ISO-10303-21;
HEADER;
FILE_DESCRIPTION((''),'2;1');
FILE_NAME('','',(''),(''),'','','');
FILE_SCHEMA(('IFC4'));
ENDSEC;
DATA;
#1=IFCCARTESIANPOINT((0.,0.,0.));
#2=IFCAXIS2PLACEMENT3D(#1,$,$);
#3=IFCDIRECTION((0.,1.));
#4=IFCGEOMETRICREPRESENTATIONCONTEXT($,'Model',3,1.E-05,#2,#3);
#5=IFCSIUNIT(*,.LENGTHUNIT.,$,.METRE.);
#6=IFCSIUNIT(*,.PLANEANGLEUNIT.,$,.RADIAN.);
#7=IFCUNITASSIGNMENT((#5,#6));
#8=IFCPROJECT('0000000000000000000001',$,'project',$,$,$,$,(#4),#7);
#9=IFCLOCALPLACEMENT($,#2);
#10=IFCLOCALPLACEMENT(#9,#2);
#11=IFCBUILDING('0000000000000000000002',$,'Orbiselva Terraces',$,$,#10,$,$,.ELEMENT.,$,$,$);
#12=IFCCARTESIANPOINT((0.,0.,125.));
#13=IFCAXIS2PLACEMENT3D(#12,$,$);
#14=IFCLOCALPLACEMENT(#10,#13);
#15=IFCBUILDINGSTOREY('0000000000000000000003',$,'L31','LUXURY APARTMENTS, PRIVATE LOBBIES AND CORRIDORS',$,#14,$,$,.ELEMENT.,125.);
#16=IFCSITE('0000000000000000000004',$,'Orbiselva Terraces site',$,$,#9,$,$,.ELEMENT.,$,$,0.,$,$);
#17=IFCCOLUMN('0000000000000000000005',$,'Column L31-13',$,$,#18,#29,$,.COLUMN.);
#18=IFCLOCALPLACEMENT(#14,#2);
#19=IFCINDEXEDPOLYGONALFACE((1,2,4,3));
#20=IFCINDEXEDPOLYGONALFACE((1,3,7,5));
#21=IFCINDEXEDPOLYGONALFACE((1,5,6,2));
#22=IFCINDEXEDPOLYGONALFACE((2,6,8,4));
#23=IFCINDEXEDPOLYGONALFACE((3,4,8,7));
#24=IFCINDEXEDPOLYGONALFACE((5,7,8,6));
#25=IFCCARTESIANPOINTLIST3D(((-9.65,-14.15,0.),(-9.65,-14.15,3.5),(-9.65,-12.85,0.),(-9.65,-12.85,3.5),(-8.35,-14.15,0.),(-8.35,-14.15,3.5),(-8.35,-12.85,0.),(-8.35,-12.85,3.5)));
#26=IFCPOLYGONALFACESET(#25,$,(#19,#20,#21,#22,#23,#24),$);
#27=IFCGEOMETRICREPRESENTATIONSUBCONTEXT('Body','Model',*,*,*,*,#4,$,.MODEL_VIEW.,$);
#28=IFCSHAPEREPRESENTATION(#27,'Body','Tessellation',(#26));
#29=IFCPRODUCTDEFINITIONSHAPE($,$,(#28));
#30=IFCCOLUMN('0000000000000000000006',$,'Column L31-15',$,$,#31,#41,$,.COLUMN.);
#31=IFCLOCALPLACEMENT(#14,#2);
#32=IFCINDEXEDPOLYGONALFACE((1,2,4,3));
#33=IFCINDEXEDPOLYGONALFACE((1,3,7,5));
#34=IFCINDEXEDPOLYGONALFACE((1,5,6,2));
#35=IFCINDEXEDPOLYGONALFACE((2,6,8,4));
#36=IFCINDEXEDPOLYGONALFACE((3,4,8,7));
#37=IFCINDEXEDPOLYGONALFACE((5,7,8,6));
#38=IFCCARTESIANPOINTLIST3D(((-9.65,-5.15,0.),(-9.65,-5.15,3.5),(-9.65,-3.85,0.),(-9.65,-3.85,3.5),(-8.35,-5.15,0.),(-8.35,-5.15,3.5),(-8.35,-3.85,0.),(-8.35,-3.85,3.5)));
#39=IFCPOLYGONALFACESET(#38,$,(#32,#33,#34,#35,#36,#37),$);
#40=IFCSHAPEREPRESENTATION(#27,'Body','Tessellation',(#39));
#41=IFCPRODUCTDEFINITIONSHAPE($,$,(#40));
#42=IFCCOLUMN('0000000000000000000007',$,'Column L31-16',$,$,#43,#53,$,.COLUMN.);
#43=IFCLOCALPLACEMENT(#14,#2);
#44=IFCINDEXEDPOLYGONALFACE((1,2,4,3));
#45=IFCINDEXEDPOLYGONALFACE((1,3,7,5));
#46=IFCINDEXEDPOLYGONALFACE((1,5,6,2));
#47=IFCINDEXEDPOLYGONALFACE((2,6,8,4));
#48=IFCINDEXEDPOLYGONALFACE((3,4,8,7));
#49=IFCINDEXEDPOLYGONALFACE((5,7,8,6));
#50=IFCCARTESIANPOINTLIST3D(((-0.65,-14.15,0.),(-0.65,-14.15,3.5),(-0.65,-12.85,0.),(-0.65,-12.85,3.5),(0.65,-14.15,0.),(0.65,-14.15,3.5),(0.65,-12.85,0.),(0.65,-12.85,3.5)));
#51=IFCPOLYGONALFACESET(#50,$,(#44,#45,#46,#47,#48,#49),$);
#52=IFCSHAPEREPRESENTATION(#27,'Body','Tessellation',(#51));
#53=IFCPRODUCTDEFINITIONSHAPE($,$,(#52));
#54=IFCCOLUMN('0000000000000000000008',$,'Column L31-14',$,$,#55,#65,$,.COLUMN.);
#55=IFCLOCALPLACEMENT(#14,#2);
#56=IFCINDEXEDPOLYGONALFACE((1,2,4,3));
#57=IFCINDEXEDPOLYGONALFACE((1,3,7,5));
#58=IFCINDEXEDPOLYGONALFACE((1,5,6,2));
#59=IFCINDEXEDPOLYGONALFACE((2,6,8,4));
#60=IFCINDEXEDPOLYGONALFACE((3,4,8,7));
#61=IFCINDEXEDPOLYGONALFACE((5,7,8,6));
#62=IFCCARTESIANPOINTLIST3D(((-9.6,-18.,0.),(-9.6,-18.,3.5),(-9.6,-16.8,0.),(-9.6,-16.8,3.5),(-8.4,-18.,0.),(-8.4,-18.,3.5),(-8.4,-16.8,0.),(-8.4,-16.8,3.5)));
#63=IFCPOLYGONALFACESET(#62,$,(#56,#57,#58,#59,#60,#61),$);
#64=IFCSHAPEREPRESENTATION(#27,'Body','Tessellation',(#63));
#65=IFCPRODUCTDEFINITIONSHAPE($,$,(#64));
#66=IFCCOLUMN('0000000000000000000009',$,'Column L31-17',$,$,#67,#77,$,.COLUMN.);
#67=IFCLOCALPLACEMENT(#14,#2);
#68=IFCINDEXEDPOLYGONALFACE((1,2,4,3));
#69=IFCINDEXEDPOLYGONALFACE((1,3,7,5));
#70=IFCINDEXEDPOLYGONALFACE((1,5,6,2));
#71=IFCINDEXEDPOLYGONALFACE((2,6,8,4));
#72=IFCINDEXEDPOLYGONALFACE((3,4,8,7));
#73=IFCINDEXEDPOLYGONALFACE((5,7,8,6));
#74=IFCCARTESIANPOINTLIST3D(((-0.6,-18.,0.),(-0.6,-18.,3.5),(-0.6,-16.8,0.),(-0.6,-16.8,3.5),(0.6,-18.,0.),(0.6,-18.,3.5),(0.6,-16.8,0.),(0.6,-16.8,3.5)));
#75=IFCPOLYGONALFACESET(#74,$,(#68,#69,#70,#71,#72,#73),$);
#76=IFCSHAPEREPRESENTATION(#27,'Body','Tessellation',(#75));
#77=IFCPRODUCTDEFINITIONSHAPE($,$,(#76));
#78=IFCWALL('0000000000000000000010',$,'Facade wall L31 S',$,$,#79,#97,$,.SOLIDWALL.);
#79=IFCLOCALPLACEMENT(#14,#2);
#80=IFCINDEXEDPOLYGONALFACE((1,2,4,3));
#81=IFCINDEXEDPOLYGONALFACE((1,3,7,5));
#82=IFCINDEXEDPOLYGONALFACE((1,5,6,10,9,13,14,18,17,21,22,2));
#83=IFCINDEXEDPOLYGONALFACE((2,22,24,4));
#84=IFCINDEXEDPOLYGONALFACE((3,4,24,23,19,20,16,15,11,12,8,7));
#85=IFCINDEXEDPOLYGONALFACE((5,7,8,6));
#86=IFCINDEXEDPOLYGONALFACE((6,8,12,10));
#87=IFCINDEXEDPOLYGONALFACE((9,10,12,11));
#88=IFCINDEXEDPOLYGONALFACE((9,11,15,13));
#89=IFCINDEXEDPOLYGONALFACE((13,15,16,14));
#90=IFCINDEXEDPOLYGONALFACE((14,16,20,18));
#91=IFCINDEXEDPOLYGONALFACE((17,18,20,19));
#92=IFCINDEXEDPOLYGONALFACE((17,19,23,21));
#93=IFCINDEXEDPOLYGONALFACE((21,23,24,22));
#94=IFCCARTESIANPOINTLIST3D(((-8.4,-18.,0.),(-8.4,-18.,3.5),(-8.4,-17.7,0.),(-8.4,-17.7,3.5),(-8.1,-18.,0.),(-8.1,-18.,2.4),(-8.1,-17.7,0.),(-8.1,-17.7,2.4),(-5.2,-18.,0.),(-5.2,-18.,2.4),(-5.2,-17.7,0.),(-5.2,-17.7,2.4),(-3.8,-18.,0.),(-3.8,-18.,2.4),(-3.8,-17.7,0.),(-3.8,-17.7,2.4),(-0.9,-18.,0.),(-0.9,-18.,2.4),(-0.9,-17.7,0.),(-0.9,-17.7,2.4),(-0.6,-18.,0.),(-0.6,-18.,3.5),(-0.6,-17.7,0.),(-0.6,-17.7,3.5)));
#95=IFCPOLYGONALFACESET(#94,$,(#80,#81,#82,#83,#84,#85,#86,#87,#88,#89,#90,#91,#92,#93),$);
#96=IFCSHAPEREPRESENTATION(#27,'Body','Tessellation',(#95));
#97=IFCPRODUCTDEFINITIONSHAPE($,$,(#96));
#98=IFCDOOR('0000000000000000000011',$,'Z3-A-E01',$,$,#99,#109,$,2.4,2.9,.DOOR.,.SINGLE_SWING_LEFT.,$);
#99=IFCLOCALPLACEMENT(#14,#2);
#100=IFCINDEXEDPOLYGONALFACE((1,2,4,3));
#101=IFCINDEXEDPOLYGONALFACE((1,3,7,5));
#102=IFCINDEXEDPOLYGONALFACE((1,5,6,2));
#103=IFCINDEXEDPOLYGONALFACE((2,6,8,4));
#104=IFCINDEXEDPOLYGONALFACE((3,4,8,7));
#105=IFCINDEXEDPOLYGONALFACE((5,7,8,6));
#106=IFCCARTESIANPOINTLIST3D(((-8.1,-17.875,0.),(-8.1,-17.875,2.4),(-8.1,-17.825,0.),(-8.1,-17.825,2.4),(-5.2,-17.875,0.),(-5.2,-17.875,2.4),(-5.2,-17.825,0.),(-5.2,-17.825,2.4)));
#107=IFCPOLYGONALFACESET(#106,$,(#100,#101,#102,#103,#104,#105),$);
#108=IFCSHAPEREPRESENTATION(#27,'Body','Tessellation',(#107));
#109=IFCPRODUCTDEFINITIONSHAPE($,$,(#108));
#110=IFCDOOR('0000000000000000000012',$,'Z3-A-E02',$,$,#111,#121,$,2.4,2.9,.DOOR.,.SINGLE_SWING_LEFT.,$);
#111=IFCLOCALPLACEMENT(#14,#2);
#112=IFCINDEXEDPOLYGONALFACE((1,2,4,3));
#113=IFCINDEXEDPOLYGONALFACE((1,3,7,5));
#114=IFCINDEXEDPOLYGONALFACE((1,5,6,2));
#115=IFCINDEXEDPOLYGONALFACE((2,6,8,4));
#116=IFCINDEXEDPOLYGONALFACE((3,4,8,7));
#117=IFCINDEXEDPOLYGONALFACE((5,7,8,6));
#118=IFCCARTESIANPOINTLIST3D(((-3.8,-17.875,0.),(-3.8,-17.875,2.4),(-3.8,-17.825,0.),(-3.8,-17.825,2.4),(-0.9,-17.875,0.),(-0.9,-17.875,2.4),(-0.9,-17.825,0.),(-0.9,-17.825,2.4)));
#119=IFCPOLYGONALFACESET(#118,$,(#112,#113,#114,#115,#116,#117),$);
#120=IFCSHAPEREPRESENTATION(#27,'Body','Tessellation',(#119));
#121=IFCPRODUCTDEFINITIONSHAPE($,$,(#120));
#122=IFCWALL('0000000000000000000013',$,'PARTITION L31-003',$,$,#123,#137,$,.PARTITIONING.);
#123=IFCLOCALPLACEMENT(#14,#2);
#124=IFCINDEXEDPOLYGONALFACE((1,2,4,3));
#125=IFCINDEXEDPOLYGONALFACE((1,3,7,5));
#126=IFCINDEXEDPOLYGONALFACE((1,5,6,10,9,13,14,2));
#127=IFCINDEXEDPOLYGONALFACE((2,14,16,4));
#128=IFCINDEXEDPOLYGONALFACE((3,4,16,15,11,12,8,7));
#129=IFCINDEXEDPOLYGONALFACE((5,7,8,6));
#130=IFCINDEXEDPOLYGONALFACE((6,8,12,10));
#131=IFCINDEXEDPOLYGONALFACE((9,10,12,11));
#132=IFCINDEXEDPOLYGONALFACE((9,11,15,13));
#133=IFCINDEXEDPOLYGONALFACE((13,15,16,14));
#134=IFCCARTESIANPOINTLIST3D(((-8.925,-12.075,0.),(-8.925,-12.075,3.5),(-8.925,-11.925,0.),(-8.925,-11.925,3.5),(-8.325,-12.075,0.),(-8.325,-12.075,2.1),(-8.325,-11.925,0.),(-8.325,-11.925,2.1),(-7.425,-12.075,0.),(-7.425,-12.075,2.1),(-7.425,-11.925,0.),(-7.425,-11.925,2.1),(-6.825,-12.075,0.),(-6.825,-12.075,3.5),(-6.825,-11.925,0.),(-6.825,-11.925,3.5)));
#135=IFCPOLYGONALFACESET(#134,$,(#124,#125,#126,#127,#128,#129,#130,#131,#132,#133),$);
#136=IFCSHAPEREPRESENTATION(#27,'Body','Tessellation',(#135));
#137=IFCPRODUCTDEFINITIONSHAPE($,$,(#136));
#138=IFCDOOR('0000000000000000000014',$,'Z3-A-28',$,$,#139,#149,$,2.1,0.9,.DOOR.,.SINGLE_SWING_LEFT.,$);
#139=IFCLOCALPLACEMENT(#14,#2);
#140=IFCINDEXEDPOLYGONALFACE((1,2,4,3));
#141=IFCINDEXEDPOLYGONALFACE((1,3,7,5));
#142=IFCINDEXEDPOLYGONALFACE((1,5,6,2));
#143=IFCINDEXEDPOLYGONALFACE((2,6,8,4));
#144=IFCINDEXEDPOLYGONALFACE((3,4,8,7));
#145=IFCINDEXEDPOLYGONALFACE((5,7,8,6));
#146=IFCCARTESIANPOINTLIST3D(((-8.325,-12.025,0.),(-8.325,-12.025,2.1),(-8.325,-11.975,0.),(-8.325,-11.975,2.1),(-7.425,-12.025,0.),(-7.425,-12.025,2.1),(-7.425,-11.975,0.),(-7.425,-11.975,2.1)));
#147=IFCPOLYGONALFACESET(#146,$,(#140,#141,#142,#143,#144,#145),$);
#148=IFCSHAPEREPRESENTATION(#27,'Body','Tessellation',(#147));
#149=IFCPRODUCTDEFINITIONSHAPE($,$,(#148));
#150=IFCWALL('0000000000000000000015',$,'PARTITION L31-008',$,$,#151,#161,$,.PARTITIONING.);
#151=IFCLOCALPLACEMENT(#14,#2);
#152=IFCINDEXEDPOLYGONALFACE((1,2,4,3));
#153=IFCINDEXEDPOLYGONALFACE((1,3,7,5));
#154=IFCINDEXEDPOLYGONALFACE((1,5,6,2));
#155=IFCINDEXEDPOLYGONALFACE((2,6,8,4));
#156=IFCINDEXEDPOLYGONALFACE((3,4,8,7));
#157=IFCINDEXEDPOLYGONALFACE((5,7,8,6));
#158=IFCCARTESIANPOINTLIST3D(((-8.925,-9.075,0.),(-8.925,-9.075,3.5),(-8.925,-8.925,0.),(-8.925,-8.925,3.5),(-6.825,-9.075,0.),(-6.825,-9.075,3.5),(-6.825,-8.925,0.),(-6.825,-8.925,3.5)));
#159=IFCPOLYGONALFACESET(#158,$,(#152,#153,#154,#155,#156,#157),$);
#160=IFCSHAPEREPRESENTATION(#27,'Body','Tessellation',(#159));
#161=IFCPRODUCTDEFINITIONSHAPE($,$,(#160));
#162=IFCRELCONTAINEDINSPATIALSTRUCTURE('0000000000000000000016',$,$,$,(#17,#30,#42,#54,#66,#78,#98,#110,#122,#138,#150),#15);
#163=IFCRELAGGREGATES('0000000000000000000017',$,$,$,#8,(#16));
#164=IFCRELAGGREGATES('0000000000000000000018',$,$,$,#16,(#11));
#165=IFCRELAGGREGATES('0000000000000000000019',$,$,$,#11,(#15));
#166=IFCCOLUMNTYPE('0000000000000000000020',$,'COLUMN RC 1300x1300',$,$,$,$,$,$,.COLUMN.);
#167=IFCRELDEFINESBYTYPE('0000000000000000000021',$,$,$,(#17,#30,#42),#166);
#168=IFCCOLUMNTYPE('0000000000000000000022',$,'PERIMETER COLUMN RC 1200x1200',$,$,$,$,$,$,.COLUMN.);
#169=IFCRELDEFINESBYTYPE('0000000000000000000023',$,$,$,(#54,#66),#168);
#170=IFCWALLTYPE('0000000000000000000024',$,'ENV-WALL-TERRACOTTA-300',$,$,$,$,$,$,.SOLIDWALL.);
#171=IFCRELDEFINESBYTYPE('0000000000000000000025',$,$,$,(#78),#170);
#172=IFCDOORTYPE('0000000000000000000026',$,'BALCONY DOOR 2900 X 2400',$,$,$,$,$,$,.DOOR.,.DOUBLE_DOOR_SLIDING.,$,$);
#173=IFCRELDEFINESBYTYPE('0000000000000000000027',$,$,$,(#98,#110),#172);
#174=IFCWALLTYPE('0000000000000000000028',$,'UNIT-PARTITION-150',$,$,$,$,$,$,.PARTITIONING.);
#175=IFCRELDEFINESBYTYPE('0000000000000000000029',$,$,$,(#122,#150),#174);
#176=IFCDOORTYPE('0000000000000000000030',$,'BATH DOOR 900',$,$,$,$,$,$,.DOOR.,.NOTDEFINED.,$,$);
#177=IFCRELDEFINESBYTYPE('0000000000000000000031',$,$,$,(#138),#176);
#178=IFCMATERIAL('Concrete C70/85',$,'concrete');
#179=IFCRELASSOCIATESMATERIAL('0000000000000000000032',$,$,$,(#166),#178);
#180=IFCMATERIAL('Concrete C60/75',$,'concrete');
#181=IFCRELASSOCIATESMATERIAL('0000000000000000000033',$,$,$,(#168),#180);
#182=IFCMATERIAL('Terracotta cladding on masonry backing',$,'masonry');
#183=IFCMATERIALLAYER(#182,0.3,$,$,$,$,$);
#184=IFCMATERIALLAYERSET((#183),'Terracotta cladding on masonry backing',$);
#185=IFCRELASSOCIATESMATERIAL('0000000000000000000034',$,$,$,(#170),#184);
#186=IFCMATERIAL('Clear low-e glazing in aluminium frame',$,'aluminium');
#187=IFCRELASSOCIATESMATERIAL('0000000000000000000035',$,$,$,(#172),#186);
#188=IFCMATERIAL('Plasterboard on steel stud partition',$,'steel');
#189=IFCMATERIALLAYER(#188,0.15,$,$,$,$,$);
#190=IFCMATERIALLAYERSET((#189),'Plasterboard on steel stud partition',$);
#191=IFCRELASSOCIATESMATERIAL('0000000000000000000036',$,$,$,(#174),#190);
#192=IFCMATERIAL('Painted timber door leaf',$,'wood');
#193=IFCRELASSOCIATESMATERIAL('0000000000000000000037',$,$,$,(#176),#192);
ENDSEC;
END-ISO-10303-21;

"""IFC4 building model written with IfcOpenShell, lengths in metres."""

from ifc_helpers import new_model, si_unit, direction, frame, frame_2d, origin, origin_2d, place, context, subcontext, project, spatial, rectangle, extrude, material, layer, layer_set, material_profile, profile_set, type_object, element, fill, save


model = new_model("IFC4")

# Units and contexts
model_context = context("Model", 3, precision=1e-05, world=origin(), true_north=direction((0.0, 1.0)))
body_context = subcontext(model_context, "Body", "Model", "MODEL_VIEW")
ifc_project = project(units=[si_unit("LENGTHUNIT", "METRE"), si_unit("PLANEANGLEUNIT", "RADIAN")], contexts=[model_context])

# Site, building, storey
site_placement = place(None, origin())
site = spatial("IfcSite", under=ifc_project, at=site_placement, Name="Orbiselva Terraces site", CompositionType="ELEMENT", RefElevation=0.0)
building_placement = place(site_placement, origin())
building = spatial("IfcBuilding", under=site, at=building_placement, Name="Orbiselva Terraces", CompositionType="ELEMENT")
storey_placement = place(building_placement, frame((0.0, 0.0, 125.0)))
storey = spatial("IfcBuildingStorey", under=building, at=storey_placement, Name="L31", Description="LUXURY APARTMENTS, PRIVATE LOBBIES AND CORRIDORS", CompositionType="ELEMENT", Elevation=125.0)

# Columns
ifc_material_1 = material(Name="Concrete C70/85", Category="concrete")
ifc_material_profile_1 = material_profile(ifc_material_1, rectangle(XDim=1.3, YDim=1.3, at=origin_2d()), Name="RC 1300x1300")
ifc_profile_set_1 = profile_set([ifc_material_profile_1], Name="Concrete C70/85")
column_type_1 = type_object("IfcColumnType", Name="COLUMN RC 1300x1300", PredefinedType="COLUMN", material=ifc_profile_set_1)
for number, where, z_axis, x_axis, name in (
    (1, (-9.0, -13.5, 0.0), (0.0, 0.0, 1.0), (1.0, 0.0, 0.0), "Column L31-13"),
    (2, (-9.0, -4.5, 0.0), (0.0, 0.0, 1.0), (1.0, 0.0, 0.0), "Column L31-15"),
    (3, (0.0, -13.5, 0.0), (0.0, 0.0, 1.0), (1.0, 0.0, 0.0), "Column L31-16"),
):
    element("IfcColumn", number, at=place(storey_placement, frame(where, z_axis=z_axis, x_axis=x_axis)), inside=storey, type_object=column_type_1, Name=name, PredefinedType="COLUMN", context=body_context, shape_type="SweptSolid", body=[
        extrude(rectangle(XDim=1.3, YDim=1.3, at=origin_2d()), origin(), (0.0, 0.0, 1.0), 3.5),
    ])
ifc_material_2 = material(Name="Concrete C60/75", Category="concrete")
ifc_material_profile_2 = material_profile(ifc_material_2, rectangle(XDim=1.2, YDim=1.2, at=origin_2d()), Name="RC 1200x1200")
ifc_profile_set_2 = profile_set([ifc_material_profile_2], Name="Concrete C60/75")
column_type_2 = type_object("IfcColumnType", Name="PERIMETER COLUMN RC 1200x1200", PredefinedType="COLUMN", material=ifc_profile_set_2)
for number, where, z_axis, x_axis, name in (
    (4, (-9.0, -17.4, 0.0), (0.0, 0.0, 1.0), (1.0, 0.0, 0.0), "Column L31-14"),
    (5, (0.0, -17.4, 0.0), (0.0, 0.0, 1.0), (1.0, 0.0, 0.0), "Column L31-17"),
):
    element("IfcColumn", number, at=place(storey_placement, frame(where, z_axis=z_axis, x_axis=x_axis)), inside=storey, type_object=column_type_2, Name=name, PredefinedType="COLUMN", context=body_context, shape_type="SweptSolid", body=[
        extrude(rectangle(XDim=1.2, YDim=1.2, at=origin_2d()), origin(), (0.0, 0.0, 1.0), 3.5),
    ])

# Wall, openings, doors
ifc_material_3 = material(Name="Terracotta cladding on masonry backing", Category="masonry")
ifc_layer_1 = layer(ifc_material_3, 0.3)
ifc_layer_set_1 = layer_set([ifc_layer_1], Name="Terracotta cladding on masonry backing")
wall_type_1 = type_object("IfcWallType", Name="ENV-WALL-TERRACOTTA-300", PredefinedType="SOLIDWALL", material=ifc_layer_set_1)
wall_1_placement = place(storey_placement, frame((-0.6, -17.85, 0.0), z_axis=(0.0, 0.0, 1.0), x_axis=(-1.0, 0.0, 0.0)))
wall_1 = element("IfcWall", 6, at=wall_1_placement, inside=storey, type_object=wall_type_1, Name="Facade wall L31 S", PredefinedType="SOLIDWALL", context=body_context, shape_type="SweptSolid", body=[
    extrude(rectangle(XDim=7.8, YDim=0.3, at=frame_2d((3.9, 0.0))), origin(), (0.0, 0.0, 1.0), 3.5),
])
opening_1_placement = place(wall_1_placement, frame((4.6, 0.0, 0.0)))
opening_1 = element("IfcOpeningElement", 7, at=opening_1_placement, cuts=wall_1, PredefinedType="OPENING", context=body_context, shape_type="SweptSolid", body=[
    extrude(rectangle(XDim=2.9, YDim=2.4, at=frame_2d((1.45, 1.2))), frame((0.0, 0.16, 0.0), z_axis=(0.0, -1.0, 0.0), x_axis=(1.0, 0.0, 0.0)), (0.0, 0.0, 1.0), 0.32),
])
opening_2_placement = place(wall_1_placement, frame((0.3, 0.0, 0.0)))
opening_2 = element("IfcOpeningElement", 8, at=opening_2_placement, cuts=wall_1, PredefinedType="OPENING", context=body_context, shape_type="SweptSolid", body=[
    extrude(rectangle(XDim=2.9, YDim=2.4, at=frame_2d((1.45, 1.2))), frame((0.0, 0.16, 0.0), z_axis=(0.0, -1.0, 0.0), x_axis=(1.0, 0.0, 0.0)), (0.0, 0.0, 1.0), 0.32),
])
ifc_material_4 = material(Name="Clear low-e glazing in aluminium frame", Category="aluminium")
door_type_1 = type_object("IfcDoorType", Name="BALCONY DOOR 2900 X 2400", OperationType="DOUBLE_DOOR_SLIDING", PredefinedType="DOOR", material=ifc_material_4)
door_1_placement = place(opening_1_placement, origin())
door_1 = element("IfcDoor", 9, at=door_1_placement, inside=storey, type_object=door_type_1, Name="Z3-A-E01", OperationType="SINGLE_SWING_LEFT", OverallHeight=2.4, OverallWidth=2.9, PredefinedType="DOOR", context=body_context, shape_type="SweptSolid", body=[
    extrude(rectangle(XDim=2.9, YDim=2.4, at=frame_2d((1.45, 1.2))), frame((0.0, 0.025, 0.0), z_axis=(0.0, -1.0, 0.0), x_axis=(1.0, 0.0, 0.0)), (0.0, 0.0, 1.0), 0.05),
])
fill(opening_1, door_1)
door_2_placement = place(opening_2_placement, origin())
door_2 = element("IfcDoor", 10, at=door_2_placement, inside=storey, type_object=door_type_1, Name="Z3-A-E02", OperationType="SINGLE_SWING_LEFT", OverallHeight=2.4, OverallWidth=2.9, PredefinedType="DOOR", context=body_context, shape_type="SweptSolid", body=[
    extrude(rectangle(XDim=2.9, YDim=2.4, at=frame_2d((1.45, 1.2))), frame((0.0, 0.025, 0.0), z_axis=(0.0, -1.0, 0.0), x_axis=(1.0, 0.0, 0.0)), (0.0, 0.0, 1.0), 0.05),
])
fill(opening_2, door_2)

# Wall, opening, door
ifc_material_5 = material(Name="Plasterboard on steel stud partition", Category="steel")
ifc_layer_2 = layer(ifc_material_5, 0.15)
ifc_layer_set_2 = layer_set([ifc_layer_2], Name="Plasterboard on steel stud partition")
wall_type_2 = type_object("IfcWallType", Name="UNIT-PARTITION-150", PredefinedType="PARTITIONING", material=ifc_layer_set_2)
wall_2_placement = place(storey_placement, frame((-8.925, -12.0, 0.0), z_axis=(0.0, 0.0, 1.0), x_axis=(1.0, 0.0, 0.0)))
wall_2 = element("IfcWall", 11, at=wall_2_placement, inside=storey, type_object=wall_type_2, Name="PARTITION L31-003", PredefinedType="PARTITIONING", context=body_context, shape_type="SweptSolid", body=[
    extrude(rectangle(XDim=2.1, YDim=0.15, at=frame_2d((1.05, 0.0))), origin(), (0.0, 0.0, 1.0), 3.5),
])
opening_3_placement = place(wall_2_placement, frame((0.6, 0.0, 0.0)))
opening_3 = element("IfcOpeningElement", 12, at=opening_3_placement, cuts=wall_2, PredefinedType="OPENING", context=body_context, shape_type="SweptSolid", body=[
    extrude(rectangle(XDim=0.9, YDim=2.1, at=frame_2d((0.45, 1.05))), frame((0.0, 0.085, 0.0), z_axis=(0.0, -1.0, 0.0), x_axis=(1.0, 0.0, 0.0)), (0.0, 0.0, 1.0), 0.17),
])
ifc_material_6 = material(Name="Painted timber door leaf", Category="wood")
door_type_2 = type_object("IfcDoorType", Name="BATH DOOR 900", OperationType="NOTDEFINED", PredefinedType="DOOR", material=ifc_material_6)
door_3_placement = place(opening_3_placement, origin())
door_3 = element("IfcDoor", 13, at=door_3_placement, inside=storey, type_object=door_type_2, Name="Z3-A-28", OperationType="SINGLE_SWING_LEFT", OverallHeight=2.1, OverallWidth=0.9, PredefinedType="DOOR", context=body_context, shape_type="SweptSolid", body=[
    extrude(rectangle(XDim=0.9, YDim=2.1, at=frame_2d((0.45, 1.05))), frame((0.0, 0.025, 0.0), z_axis=(0.0, -1.0, 0.0), x_axis=(1.0, 0.0, 0.0)), (0.0, 0.0, 1.0), 0.05),
])
fill(opening_3, door_3)

# Wall
wall_3_placement = place(storey_placement, frame((-8.925, -9.0, 0.0), z_axis=(0.0, 0.0, 1.0), x_axis=(1.0, 0.0, 0.0)))
element("IfcWall", 14, at=wall_3_placement, inside=storey, type_object=wall_type_2, Name="PARTITION L31-008", PredefinedType="PARTITIONING", context=body_context, shape_type="SweptSolid", body=[
    extrude(rectangle(XDim=2.1, YDim=0.15, at=frame_2d((1.05, 0.0))), origin(), (0.0, 0.0, 1.0), 3.5),
])

save(model, "model.ifc")
